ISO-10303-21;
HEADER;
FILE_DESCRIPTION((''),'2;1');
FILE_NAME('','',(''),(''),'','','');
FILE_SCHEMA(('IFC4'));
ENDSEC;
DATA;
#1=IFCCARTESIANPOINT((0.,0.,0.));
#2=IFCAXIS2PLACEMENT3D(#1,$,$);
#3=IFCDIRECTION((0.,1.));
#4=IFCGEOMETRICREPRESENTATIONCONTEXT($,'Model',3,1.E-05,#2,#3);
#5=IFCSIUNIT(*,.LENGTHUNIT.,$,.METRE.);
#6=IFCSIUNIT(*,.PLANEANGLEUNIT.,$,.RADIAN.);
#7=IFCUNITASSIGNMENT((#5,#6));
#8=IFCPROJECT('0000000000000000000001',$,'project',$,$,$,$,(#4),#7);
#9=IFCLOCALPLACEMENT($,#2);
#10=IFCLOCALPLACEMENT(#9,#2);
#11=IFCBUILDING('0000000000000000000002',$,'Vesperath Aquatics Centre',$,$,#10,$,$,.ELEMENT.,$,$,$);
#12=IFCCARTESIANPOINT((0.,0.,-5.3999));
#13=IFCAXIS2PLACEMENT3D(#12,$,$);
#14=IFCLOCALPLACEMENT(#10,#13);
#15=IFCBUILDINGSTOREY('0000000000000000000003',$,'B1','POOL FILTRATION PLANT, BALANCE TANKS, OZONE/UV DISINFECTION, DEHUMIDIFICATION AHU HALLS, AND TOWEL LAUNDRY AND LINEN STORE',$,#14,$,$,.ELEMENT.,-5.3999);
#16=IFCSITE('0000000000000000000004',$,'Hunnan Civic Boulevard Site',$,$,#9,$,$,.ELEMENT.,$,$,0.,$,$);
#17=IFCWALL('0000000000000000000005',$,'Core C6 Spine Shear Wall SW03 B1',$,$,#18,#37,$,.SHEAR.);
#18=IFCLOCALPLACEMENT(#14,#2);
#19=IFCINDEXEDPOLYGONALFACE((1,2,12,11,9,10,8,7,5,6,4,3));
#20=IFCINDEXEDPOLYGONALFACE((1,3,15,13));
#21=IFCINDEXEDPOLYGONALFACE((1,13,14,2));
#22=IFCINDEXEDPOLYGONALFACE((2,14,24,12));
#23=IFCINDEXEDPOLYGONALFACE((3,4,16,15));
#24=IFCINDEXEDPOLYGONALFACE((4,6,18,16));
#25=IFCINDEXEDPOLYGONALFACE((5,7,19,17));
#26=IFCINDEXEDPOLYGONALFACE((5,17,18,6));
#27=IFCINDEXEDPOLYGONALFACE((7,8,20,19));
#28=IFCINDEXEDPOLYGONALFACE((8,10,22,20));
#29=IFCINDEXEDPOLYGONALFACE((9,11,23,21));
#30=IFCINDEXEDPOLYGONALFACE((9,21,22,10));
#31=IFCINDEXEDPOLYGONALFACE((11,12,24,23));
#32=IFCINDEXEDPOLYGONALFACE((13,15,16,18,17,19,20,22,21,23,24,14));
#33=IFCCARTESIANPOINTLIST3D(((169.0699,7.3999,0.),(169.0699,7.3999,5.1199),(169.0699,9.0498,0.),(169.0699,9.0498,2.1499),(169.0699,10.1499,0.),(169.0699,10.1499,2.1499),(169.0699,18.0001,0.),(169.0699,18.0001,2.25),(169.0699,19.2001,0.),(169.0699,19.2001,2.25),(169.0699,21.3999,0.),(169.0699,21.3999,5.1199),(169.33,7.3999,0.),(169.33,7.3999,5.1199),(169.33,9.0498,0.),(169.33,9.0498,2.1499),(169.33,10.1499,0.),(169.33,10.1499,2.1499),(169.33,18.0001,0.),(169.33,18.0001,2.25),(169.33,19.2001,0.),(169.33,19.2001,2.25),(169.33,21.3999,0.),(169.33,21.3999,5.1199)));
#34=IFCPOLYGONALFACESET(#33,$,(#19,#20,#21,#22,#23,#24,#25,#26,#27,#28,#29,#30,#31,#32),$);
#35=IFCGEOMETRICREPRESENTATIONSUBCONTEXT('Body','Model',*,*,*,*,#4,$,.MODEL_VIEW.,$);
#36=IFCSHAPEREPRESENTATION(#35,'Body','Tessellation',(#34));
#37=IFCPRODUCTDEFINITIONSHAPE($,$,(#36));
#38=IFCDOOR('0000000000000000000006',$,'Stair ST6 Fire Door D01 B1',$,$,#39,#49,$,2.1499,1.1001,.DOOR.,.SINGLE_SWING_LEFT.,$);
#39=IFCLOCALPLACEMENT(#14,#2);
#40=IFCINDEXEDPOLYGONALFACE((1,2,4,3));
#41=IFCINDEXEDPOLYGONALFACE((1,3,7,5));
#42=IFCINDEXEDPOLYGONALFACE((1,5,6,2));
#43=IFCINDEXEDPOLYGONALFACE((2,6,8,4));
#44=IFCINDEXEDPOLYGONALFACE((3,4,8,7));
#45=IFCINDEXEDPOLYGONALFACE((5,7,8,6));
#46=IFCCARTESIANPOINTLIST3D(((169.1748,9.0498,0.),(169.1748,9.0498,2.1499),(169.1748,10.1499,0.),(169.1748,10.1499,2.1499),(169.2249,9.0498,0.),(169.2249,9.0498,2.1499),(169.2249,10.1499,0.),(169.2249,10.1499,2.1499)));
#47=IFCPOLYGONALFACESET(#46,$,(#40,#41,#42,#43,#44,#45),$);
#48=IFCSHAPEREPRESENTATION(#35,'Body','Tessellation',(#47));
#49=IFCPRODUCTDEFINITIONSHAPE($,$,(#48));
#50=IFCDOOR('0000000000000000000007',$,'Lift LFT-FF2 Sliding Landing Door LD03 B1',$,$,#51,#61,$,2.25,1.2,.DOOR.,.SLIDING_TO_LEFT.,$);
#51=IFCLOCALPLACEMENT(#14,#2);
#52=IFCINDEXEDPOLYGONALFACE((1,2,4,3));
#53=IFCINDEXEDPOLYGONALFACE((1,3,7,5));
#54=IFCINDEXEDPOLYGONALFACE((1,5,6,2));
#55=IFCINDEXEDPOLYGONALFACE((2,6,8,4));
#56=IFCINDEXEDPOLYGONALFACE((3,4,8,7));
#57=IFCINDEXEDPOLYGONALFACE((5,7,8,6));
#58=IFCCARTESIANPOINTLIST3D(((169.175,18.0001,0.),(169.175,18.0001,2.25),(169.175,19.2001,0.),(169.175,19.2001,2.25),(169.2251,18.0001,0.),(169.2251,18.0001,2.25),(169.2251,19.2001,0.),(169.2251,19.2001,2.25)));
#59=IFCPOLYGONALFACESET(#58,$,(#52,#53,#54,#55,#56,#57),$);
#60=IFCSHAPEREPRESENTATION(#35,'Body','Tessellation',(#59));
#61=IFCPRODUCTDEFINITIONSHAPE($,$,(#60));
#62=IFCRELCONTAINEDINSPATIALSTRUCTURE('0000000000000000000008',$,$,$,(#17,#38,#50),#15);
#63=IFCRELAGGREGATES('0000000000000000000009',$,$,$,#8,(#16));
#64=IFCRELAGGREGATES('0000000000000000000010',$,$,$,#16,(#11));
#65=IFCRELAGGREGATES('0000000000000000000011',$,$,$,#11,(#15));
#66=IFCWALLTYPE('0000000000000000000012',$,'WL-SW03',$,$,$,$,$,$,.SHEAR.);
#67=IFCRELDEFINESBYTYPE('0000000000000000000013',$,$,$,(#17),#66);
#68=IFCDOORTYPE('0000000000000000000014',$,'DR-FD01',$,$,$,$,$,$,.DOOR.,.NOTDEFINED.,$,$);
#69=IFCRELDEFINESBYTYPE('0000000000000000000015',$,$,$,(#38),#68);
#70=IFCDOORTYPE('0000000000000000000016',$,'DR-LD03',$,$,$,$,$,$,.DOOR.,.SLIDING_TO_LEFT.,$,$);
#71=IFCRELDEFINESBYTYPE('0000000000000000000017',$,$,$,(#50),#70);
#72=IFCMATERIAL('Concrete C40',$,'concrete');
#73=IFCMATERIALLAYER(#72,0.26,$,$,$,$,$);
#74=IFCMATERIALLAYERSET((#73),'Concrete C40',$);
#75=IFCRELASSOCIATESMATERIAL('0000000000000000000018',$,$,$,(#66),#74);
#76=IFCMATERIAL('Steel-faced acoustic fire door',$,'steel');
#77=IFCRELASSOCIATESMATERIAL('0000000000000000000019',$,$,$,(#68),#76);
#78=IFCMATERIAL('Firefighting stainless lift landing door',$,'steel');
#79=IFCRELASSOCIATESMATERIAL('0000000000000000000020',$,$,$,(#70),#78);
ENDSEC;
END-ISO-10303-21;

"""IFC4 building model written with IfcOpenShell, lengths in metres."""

from ifc_helpers import new_model, si_unit, direction, frame, frame_2d, origin, place, context, subcontext, project, spatial, rectangle, extrude, material, layer, layer_set, type_object, element, fill, save


model = new_model("IFC4")

# Units and contexts
model_context = context("Model", 3, precision=1e-05, world=origin(), true_north=direction((0.0, 1.0)))
body_context = subcontext(model_context, "Body", "Model", "MODEL_VIEW")
ifc_project = project(units=[si_unit("LENGTHUNIT", "METRE"), si_unit("PLANEANGLEUNIT", "RADIAN")], contexts=[model_context])

# Site, building, storey
site_placement = place(None, origin())
site = spatial("IfcSite", under=ifc_project, at=site_placement, Name="Hunnan Civic Boulevard Site", CompositionType="ELEMENT", RefElevation=0.0)
building_placement = place(site_placement, origin())
building = spatial("IfcBuilding", under=site, at=building_placement, Name="Vesperath Aquatics Centre", CompositionType="ELEMENT")
storey_placement = place(building_placement, frame((0.0, 0.0, -5.3999)))
storey = spatial("IfcBuildingStorey", under=building, at=storey_placement, Name="B1", Description="POOL FILTRATION PLANT, BALANCE TANKS, OZONE/UV DISINFECTION, DEHUMIDIFICATION AHU HALLS, AND TOWEL LAUNDRY AND LINEN STORE", CompositionType="ELEMENT", Elevation=-5.3999)

# Shared definitions
ifc_material_1 = material(Name="Concrete C40", Category="concrete")

# Wall, openings, doors
ifc_layer_1 = layer(ifc_material_1, 0.26)
ifc_layer_set_1 = layer_set([ifc_layer_1], Name="Concrete C40")
wall_type_1 = type_object("IfcWallType", Name="WL-SW03", PredefinedType="SHEAR", material=ifc_layer_set_1)
wall_1_placement = place(storey_placement, frame((169.2, 7.3999, 0.0), z_axis=(0.0, 0.0, 1.0), x_axis=(0.0, 1.0, 0.0)))
wall_1 = element("IfcWall", 1, at=wall_1_placement, inside=storey, type_object=wall_type_1, Name="Core C6 Spine Shear Wall SW03 B1", PredefinedType="SHEAR", context=body_context, shape_type="SweptSolid", body=[
    extrude(rectangle(XDim=14.0, YDim=0.26, at=frame_2d((7.0, 0.0))), origin(), (0.0, 0.0, 1.0), 5.1199),
])
opening_1_placement = place(wall_1_placement, frame((1.6499, 0.0, 0.0)))
opening_1 = element("IfcOpeningElement", 2, at=opening_1_placement, cuts=wall_1, PredefinedType="OPENING", context=body_context, shape_type="SweptSolid", body=[
    extrude(rectangle(XDim=1.1001, YDim=2.1499, at=frame_2d((0.55, 1.075))), frame((0.0, 0.145, 0.0), z_axis=(0.0, -1.0, 0.0), x_axis=(1.0, 0.0, 0.0)), (0.0, 0.0, 1.0), 0.2898),
])
opening_2_placement = place(wall_1_placement, frame((10.6001, 0.0, 0.0)))
opening_2 = element("IfcOpeningElement", 3, at=opening_2_placement, cuts=wall_1, PredefinedType="OPENING", context=body_context, shape_type="SweptSolid", body=[
    extrude(rectangle(XDim=1.2, YDim=2.25, at=frame_2d((0.6001, 1.125))), frame((0.0, 0.145, 0.0), z_axis=(0.0, -1.0, 0.0), x_axis=(1.0, 0.0, 0.0)), (0.0, 0.0, 1.0), 0.2898),
])
ifc_material_2 = material(Name="Steel-faced acoustic fire door", Category="steel")
door_type_1 = type_object("IfcDoorType", Name="DR-FD01", OperationType="NOTDEFINED", PredefinedType="DOOR", material=ifc_material_2)
door_1_placement = place(opening_1_placement, frame((1.1001, 0.0, 0.0), z_axis=(0.0, 0.0, 1.0), x_axis=(-1.0, 0.0, 0.0)))
door_1 = element("IfcDoor", 4, at=door_1_placement, inside=storey, type_object=door_type_1, Name="Stair ST6 Fire Door D01 B1", OperationType="SINGLE_SWING_LEFT", OverallHeight=2.1499, OverallWidth=1.1001, PredefinedType="DOOR", context=body_context, shape_type="SweptSolid", body=[
    extrude(rectangle(XDim=1.1001, YDim=2.1499, at=frame_2d((0.55, 1.075))), frame((0.0, 0.0249, 0.0), z_axis=(0.0, -1.0, 0.0), x_axis=(1.0, 0.0, 0.0)), (0.0, 0.0, 1.0), 0.05),
])
fill(opening_1, door_1)
ifc_material_3 = material(Name="Firefighting stainless lift landing door", Category="steel")
door_type_2 = type_object("IfcDoorType", Name="DR-LD03", OperationType="SLIDING_TO_LEFT", PredefinedType="DOOR", material=ifc_material_3)
door_2_placement = place(opening_2_placement, origin())
door_2 = element("IfcDoor", 5, at=door_2_placement, inside=storey, type_object=door_type_2, Name="Lift LFT-FF2 Sliding Landing Door LD03 B1", OperationType="SLIDING_TO_LEFT", OverallHeight=2.25, OverallWidth=1.2, PredefinedType="DOOR", context=body_context, shape_type="SweptSolid", body=[
    extrude(rectangle(XDim=1.2, YDim=2.25, at=frame_2d((0.6001, 1.125))), frame((0.0, 0.0249, 0.0), z_axis=(0.0, -1.0, 0.0), x_axis=(1.0, 0.0, 0.0)), (0.0, 0.0, 1.0), 0.05),
])
fill(opening_2, door_2)

save(model, "model.ifc")
